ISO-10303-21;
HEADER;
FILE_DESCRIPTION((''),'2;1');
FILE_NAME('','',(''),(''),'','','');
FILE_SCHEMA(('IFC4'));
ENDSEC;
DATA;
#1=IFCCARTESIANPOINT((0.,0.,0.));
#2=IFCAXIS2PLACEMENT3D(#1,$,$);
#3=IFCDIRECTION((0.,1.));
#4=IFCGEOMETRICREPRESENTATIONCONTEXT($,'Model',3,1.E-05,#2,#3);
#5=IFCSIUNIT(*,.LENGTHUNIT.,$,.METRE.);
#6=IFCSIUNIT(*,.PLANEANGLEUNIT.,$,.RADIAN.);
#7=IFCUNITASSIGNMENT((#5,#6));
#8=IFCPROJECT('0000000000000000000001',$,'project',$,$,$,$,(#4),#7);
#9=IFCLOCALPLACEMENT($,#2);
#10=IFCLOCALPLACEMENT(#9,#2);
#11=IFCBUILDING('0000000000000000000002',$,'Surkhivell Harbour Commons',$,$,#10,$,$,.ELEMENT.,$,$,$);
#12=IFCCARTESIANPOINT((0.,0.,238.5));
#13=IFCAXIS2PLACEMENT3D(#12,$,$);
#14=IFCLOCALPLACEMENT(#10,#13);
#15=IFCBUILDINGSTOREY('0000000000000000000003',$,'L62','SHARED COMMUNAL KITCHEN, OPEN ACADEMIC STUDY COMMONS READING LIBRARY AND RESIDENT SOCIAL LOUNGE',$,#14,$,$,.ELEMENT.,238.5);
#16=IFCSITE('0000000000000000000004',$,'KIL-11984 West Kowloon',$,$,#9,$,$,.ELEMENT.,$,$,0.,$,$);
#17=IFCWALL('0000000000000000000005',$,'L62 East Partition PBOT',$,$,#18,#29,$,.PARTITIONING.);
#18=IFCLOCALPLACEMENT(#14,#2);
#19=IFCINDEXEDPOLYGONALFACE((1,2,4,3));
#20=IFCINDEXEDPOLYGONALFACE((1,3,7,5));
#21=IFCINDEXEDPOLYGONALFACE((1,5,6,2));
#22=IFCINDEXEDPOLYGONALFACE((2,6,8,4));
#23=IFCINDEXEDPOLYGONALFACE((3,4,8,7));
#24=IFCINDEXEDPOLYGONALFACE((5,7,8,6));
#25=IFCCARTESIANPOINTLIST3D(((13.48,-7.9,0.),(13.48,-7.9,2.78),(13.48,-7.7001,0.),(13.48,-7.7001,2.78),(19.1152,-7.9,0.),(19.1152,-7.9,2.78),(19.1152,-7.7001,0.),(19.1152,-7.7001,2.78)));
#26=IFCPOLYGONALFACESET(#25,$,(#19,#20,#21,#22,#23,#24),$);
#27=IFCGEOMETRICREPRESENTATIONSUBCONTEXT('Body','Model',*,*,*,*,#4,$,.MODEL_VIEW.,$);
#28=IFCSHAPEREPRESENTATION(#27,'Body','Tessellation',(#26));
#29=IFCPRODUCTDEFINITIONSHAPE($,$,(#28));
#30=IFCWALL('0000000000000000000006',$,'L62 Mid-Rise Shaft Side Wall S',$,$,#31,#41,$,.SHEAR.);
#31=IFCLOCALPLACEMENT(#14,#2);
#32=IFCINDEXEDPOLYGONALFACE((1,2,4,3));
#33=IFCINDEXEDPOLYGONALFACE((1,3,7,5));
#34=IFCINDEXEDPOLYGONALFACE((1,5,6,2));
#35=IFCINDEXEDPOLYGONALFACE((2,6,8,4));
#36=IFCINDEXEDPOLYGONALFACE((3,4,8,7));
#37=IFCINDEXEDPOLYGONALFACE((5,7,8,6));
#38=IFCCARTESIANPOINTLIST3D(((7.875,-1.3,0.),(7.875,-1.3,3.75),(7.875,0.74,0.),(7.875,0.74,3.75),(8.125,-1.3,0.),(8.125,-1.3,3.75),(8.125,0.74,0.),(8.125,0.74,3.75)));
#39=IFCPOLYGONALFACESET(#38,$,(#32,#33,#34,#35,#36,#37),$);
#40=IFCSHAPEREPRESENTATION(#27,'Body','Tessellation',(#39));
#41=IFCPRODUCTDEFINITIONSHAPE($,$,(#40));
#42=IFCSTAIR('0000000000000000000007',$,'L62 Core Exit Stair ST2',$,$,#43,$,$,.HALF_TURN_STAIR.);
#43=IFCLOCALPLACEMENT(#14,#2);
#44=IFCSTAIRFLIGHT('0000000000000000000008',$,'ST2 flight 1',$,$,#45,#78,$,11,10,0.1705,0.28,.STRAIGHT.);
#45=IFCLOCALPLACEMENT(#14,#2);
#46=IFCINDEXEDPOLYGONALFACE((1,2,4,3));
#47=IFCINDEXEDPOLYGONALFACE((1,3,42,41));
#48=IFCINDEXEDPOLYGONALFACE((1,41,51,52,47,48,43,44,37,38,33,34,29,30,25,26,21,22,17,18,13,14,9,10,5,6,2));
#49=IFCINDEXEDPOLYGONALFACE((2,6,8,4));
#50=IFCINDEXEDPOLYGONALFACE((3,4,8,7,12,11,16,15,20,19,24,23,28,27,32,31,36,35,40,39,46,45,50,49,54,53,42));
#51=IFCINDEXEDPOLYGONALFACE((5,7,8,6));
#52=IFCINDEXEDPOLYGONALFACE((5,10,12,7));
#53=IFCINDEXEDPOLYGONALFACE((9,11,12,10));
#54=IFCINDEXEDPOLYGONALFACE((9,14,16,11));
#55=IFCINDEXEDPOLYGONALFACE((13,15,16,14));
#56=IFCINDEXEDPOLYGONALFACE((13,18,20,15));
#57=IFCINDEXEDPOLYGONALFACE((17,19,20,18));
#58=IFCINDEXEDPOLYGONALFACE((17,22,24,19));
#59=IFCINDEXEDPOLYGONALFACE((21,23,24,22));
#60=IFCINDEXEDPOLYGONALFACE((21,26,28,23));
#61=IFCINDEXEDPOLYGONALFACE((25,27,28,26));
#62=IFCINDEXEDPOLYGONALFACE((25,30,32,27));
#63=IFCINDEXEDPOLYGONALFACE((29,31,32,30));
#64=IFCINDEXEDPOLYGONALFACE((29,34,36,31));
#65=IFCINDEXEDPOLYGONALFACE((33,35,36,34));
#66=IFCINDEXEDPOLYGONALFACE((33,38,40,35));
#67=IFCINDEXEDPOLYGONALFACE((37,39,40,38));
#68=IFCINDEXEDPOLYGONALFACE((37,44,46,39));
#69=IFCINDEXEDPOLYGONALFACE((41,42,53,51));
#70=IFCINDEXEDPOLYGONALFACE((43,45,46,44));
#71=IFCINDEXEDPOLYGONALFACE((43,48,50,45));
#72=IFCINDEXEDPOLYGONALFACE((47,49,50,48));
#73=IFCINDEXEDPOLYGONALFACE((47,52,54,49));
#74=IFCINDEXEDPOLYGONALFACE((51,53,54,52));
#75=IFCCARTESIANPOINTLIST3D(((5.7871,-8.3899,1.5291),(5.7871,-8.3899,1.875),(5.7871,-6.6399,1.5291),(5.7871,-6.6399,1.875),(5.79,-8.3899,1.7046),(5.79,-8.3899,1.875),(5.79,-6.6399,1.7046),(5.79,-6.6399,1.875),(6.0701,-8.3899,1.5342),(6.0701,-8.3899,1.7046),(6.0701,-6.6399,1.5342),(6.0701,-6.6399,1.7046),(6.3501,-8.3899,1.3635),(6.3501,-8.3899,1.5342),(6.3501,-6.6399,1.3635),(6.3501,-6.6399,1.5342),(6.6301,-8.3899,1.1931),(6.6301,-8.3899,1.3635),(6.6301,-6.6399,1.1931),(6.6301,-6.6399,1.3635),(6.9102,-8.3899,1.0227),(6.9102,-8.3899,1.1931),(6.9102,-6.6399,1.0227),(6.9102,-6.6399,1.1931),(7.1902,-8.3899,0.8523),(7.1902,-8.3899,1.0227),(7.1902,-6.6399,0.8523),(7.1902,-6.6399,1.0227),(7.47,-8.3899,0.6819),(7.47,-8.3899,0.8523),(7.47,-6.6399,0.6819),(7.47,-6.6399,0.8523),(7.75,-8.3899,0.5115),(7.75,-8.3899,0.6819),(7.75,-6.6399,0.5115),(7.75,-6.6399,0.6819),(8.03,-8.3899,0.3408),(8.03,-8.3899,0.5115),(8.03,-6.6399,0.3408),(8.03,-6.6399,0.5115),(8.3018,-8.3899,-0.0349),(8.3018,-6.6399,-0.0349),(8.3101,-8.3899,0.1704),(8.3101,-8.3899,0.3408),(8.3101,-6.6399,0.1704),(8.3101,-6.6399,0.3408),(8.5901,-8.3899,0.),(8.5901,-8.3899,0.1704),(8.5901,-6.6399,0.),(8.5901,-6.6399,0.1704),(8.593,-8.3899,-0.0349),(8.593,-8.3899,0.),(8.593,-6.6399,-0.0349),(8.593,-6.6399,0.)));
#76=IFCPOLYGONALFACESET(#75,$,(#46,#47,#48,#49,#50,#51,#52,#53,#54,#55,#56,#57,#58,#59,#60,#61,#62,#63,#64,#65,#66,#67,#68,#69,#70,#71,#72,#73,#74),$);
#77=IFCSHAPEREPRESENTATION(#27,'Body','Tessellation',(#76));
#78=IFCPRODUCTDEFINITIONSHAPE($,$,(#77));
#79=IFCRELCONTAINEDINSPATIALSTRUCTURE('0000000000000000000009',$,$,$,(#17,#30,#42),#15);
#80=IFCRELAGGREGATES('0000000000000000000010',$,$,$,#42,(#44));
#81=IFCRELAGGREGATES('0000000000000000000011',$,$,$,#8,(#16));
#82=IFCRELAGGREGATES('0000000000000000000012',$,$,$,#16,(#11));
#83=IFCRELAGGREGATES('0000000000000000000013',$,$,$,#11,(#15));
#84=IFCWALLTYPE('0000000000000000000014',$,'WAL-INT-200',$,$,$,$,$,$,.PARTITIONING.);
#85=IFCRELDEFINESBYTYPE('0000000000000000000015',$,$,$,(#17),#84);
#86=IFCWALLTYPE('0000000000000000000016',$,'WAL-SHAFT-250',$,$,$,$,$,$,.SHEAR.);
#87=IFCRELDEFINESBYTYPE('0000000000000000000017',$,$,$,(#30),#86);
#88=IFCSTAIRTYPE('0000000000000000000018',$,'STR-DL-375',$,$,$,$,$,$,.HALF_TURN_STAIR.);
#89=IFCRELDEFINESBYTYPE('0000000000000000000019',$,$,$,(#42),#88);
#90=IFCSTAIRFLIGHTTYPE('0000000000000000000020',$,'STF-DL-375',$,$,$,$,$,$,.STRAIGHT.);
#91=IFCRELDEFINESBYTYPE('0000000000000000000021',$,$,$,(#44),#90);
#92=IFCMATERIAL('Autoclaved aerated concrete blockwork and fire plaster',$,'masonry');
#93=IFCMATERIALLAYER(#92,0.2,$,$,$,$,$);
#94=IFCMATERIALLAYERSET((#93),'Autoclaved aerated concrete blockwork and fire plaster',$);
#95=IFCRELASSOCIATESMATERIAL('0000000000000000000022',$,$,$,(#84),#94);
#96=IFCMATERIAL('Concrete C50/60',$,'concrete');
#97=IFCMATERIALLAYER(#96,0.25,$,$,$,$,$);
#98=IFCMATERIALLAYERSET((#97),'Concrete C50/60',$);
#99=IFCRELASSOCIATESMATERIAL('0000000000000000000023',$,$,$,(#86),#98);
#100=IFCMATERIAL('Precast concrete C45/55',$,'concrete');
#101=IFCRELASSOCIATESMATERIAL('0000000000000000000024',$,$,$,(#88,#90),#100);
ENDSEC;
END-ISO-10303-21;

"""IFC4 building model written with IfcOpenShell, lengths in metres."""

from ifc_helpers import new_model, si_unit, direction, frame, frame_2d, origin, place, context, subcontext, project, spatial, polyline, rectangle, outline, extrude, material, layer, layer_set, type_object, element, aggregate, save


model = new_model("IFC4")

# Units and contexts
model_context = context("Model", 3, precision=1e-05, world=origin(), true_north=direction((0.0, 1.0)))
body_context = subcontext(model_context, "Body", "Model", "MODEL_VIEW")
ifc_project = project(units=[si_unit("LENGTHUNIT", "METRE"), si_unit("PLANEANGLEUNIT", "RADIAN")], contexts=[model_context])

# Site, building, storey
site_placement = place(None, origin())
site = spatial("IfcSite", under=ifc_project, at=site_placement, Name="KIL-11984 West Kowloon", CompositionType="ELEMENT", RefElevation=0.0)
building_placement = place(site_placement, origin())
building = spatial("IfcBuilding", under=site, at=building_placement, Name="Surkhivell Harbour Commons", CompositionType="ELEMENT")
storey_placement = place(building_placement, frame((0.0, 0.0, 238.5)))
storey = spatial("IfcBuildingStorey", under=building, at=storey_placement, Name="L62", Description="SHARED COMMUNAL KITCHEN, OPEN ACADEMIC STUDY COMMONS READING LIBRARY AND RESIDENT SOCIAL LOUNGE", CompositionType="ELEMENT", Elevation=238.5)

# Shared definitions
ifc_material_1 = material(Name="Concrete C50/60", Category="concrete")

# Walls
ifc_material_2 = material(Name="Autoclaved aerated concrete blockwork and fire plaster", Category="masonry")
ifc_layer_1 = layer(ifc_material_2, 0.2)
ifc_layer_set_1 = layer_set([ifc_layer_1], Name="Autoclaved aerated concrete blockwork and fire plaster")
wall_type_1 = type_object("IfcWallType", Name="WAL-INT-200", PredefinedType="PARTITIONING", material=ifc_layer_set_1)
wall_1_placement = place(storey_placement, frame((13.48, -7.8, 0.0), z_axis=(0.0, 0.0, 1.0), x_axis=(1.0, 0.0, 0.0)))
element("IfcWall", 1, at=wall_1_placement, inside=storey, type_object=wall_type_1, Name="L62 East Partition PBOT", PredefinedType="PARTITIONING", context=body_context, shape_type="SweptSolid", body=[
    extrude(rectangle(XDim=5.6353, YDim=0.2, at=frame_2d((2.8176, 0.0))), origin(), (0.0, 0.0, 1.0), 2.78),
])
ifc_layer_2 = layer(ifc_material_1, 0.25)
ifc_layer_set_2 = layer_set([ifc_layer_2], Name="Concrete C50/60")
wall_type_2 = type_object("IfcWallType", Name="WAL-SHAFT-250", PredefinedType="SHEAR", material=ifc_layer_set_2)
wall_2_placement = place(storey_placement, frame((8.0, -1.3, 0.0), z_axis=(0.0, 0.0, 1.0), x_axis=(0.0, 1.0, 0.0)))
element("IfcWall", 2, at=wall_2_placement, inside=storey, type_object=wall_type_2, Name="L62 Mid-Rise Shaft Side Wall S", PredefinedType="SHEAR", context=body_context, shape_type="SweptSolid", body=[
    extrude(rectangle(XDim=2.04, YDim=0.25, at=frame_2d((1.02, 0.0))), origin(), (0.0, 0.0, 1.0), 3.75),
])

# Stair, stair flight
ifc_material_3 = material(Name="Precast concrete C45/55", Category="concrete")
stair_type = type_object("IfcStairType", Name="STR-DL-375", PredefinedType="HALF_TURN_STAIR", material=ifc_material_3)
stair_placement = place(storey_placement, origin())
stair = element("IfcStair", 3, at=stair_placement, inside=storey, type_object=stair_type, Name="L62 Core Exit Stair ST2", PredefinedType="HALF_TURN_STAIR")
stair_flight_type = type_object("IfcStairFlightType", Name="STF-DL-375", PredefinedType="STRAIGHT", material=ifc_material_3)
stair_flight_placement = place(storey_placement, frame((8.5901, -7.5149, 0.0), z_axis=(0.0, 0.0, 1.0), x_axis=(-1.0, 0.0, 0.0)))
stair_flight = element("IfcStairFlight", 4, at=stair_flight_placement, type_object=stair_flight_type, Name="ST2 flight 1", NumberOfRisers=11, NumberOfTreads=10, PredefinedType="STRAIGHT", RiserHeight=0.1705, TreadLength=0.28, context=body_context, shape_type="SweptSolid", body=[
    extrude(outline(polyline([(-0.0029, -0.0349), (-0.0029, 0.0), (0.0, 0.0), (0.0, 0.1704), (0.28, 0.1704), (0.28, 0.3408), (0.5601, 0.3408), (0.5601, 0.5115), (0.8401, 0.5115), (0.8401, 0.6819), (1.1201, 0.6819), (1.1201, 0.8523), (1.3999, 0.8523), (1.3999, 1.0227), (1.6799, 1.0227), (1.6799, 1.1931), (1.96, 1.1931), (1.96, 1.3635), (2.24, 1.3635), (2.24, 1.5342), (2.52, 1.5342), (2.52, 1.7046), (2.8, 1.7046), (2.8, 1.875), (2.803, 1.875), (2.803, 1.5291), (0.2883, -0.0349), (-0.0029, -0.0349)])), frame((0.0, 0.875, 0.0), z_axis=(0.0, -1.0, 0.0), x_axis=(1.0, 0.0, 0.0)), (0.0, 0.0, 1.0), 1.75),
])
aggregate(stair, [stair_flight])

save(model, "model.ifc")
